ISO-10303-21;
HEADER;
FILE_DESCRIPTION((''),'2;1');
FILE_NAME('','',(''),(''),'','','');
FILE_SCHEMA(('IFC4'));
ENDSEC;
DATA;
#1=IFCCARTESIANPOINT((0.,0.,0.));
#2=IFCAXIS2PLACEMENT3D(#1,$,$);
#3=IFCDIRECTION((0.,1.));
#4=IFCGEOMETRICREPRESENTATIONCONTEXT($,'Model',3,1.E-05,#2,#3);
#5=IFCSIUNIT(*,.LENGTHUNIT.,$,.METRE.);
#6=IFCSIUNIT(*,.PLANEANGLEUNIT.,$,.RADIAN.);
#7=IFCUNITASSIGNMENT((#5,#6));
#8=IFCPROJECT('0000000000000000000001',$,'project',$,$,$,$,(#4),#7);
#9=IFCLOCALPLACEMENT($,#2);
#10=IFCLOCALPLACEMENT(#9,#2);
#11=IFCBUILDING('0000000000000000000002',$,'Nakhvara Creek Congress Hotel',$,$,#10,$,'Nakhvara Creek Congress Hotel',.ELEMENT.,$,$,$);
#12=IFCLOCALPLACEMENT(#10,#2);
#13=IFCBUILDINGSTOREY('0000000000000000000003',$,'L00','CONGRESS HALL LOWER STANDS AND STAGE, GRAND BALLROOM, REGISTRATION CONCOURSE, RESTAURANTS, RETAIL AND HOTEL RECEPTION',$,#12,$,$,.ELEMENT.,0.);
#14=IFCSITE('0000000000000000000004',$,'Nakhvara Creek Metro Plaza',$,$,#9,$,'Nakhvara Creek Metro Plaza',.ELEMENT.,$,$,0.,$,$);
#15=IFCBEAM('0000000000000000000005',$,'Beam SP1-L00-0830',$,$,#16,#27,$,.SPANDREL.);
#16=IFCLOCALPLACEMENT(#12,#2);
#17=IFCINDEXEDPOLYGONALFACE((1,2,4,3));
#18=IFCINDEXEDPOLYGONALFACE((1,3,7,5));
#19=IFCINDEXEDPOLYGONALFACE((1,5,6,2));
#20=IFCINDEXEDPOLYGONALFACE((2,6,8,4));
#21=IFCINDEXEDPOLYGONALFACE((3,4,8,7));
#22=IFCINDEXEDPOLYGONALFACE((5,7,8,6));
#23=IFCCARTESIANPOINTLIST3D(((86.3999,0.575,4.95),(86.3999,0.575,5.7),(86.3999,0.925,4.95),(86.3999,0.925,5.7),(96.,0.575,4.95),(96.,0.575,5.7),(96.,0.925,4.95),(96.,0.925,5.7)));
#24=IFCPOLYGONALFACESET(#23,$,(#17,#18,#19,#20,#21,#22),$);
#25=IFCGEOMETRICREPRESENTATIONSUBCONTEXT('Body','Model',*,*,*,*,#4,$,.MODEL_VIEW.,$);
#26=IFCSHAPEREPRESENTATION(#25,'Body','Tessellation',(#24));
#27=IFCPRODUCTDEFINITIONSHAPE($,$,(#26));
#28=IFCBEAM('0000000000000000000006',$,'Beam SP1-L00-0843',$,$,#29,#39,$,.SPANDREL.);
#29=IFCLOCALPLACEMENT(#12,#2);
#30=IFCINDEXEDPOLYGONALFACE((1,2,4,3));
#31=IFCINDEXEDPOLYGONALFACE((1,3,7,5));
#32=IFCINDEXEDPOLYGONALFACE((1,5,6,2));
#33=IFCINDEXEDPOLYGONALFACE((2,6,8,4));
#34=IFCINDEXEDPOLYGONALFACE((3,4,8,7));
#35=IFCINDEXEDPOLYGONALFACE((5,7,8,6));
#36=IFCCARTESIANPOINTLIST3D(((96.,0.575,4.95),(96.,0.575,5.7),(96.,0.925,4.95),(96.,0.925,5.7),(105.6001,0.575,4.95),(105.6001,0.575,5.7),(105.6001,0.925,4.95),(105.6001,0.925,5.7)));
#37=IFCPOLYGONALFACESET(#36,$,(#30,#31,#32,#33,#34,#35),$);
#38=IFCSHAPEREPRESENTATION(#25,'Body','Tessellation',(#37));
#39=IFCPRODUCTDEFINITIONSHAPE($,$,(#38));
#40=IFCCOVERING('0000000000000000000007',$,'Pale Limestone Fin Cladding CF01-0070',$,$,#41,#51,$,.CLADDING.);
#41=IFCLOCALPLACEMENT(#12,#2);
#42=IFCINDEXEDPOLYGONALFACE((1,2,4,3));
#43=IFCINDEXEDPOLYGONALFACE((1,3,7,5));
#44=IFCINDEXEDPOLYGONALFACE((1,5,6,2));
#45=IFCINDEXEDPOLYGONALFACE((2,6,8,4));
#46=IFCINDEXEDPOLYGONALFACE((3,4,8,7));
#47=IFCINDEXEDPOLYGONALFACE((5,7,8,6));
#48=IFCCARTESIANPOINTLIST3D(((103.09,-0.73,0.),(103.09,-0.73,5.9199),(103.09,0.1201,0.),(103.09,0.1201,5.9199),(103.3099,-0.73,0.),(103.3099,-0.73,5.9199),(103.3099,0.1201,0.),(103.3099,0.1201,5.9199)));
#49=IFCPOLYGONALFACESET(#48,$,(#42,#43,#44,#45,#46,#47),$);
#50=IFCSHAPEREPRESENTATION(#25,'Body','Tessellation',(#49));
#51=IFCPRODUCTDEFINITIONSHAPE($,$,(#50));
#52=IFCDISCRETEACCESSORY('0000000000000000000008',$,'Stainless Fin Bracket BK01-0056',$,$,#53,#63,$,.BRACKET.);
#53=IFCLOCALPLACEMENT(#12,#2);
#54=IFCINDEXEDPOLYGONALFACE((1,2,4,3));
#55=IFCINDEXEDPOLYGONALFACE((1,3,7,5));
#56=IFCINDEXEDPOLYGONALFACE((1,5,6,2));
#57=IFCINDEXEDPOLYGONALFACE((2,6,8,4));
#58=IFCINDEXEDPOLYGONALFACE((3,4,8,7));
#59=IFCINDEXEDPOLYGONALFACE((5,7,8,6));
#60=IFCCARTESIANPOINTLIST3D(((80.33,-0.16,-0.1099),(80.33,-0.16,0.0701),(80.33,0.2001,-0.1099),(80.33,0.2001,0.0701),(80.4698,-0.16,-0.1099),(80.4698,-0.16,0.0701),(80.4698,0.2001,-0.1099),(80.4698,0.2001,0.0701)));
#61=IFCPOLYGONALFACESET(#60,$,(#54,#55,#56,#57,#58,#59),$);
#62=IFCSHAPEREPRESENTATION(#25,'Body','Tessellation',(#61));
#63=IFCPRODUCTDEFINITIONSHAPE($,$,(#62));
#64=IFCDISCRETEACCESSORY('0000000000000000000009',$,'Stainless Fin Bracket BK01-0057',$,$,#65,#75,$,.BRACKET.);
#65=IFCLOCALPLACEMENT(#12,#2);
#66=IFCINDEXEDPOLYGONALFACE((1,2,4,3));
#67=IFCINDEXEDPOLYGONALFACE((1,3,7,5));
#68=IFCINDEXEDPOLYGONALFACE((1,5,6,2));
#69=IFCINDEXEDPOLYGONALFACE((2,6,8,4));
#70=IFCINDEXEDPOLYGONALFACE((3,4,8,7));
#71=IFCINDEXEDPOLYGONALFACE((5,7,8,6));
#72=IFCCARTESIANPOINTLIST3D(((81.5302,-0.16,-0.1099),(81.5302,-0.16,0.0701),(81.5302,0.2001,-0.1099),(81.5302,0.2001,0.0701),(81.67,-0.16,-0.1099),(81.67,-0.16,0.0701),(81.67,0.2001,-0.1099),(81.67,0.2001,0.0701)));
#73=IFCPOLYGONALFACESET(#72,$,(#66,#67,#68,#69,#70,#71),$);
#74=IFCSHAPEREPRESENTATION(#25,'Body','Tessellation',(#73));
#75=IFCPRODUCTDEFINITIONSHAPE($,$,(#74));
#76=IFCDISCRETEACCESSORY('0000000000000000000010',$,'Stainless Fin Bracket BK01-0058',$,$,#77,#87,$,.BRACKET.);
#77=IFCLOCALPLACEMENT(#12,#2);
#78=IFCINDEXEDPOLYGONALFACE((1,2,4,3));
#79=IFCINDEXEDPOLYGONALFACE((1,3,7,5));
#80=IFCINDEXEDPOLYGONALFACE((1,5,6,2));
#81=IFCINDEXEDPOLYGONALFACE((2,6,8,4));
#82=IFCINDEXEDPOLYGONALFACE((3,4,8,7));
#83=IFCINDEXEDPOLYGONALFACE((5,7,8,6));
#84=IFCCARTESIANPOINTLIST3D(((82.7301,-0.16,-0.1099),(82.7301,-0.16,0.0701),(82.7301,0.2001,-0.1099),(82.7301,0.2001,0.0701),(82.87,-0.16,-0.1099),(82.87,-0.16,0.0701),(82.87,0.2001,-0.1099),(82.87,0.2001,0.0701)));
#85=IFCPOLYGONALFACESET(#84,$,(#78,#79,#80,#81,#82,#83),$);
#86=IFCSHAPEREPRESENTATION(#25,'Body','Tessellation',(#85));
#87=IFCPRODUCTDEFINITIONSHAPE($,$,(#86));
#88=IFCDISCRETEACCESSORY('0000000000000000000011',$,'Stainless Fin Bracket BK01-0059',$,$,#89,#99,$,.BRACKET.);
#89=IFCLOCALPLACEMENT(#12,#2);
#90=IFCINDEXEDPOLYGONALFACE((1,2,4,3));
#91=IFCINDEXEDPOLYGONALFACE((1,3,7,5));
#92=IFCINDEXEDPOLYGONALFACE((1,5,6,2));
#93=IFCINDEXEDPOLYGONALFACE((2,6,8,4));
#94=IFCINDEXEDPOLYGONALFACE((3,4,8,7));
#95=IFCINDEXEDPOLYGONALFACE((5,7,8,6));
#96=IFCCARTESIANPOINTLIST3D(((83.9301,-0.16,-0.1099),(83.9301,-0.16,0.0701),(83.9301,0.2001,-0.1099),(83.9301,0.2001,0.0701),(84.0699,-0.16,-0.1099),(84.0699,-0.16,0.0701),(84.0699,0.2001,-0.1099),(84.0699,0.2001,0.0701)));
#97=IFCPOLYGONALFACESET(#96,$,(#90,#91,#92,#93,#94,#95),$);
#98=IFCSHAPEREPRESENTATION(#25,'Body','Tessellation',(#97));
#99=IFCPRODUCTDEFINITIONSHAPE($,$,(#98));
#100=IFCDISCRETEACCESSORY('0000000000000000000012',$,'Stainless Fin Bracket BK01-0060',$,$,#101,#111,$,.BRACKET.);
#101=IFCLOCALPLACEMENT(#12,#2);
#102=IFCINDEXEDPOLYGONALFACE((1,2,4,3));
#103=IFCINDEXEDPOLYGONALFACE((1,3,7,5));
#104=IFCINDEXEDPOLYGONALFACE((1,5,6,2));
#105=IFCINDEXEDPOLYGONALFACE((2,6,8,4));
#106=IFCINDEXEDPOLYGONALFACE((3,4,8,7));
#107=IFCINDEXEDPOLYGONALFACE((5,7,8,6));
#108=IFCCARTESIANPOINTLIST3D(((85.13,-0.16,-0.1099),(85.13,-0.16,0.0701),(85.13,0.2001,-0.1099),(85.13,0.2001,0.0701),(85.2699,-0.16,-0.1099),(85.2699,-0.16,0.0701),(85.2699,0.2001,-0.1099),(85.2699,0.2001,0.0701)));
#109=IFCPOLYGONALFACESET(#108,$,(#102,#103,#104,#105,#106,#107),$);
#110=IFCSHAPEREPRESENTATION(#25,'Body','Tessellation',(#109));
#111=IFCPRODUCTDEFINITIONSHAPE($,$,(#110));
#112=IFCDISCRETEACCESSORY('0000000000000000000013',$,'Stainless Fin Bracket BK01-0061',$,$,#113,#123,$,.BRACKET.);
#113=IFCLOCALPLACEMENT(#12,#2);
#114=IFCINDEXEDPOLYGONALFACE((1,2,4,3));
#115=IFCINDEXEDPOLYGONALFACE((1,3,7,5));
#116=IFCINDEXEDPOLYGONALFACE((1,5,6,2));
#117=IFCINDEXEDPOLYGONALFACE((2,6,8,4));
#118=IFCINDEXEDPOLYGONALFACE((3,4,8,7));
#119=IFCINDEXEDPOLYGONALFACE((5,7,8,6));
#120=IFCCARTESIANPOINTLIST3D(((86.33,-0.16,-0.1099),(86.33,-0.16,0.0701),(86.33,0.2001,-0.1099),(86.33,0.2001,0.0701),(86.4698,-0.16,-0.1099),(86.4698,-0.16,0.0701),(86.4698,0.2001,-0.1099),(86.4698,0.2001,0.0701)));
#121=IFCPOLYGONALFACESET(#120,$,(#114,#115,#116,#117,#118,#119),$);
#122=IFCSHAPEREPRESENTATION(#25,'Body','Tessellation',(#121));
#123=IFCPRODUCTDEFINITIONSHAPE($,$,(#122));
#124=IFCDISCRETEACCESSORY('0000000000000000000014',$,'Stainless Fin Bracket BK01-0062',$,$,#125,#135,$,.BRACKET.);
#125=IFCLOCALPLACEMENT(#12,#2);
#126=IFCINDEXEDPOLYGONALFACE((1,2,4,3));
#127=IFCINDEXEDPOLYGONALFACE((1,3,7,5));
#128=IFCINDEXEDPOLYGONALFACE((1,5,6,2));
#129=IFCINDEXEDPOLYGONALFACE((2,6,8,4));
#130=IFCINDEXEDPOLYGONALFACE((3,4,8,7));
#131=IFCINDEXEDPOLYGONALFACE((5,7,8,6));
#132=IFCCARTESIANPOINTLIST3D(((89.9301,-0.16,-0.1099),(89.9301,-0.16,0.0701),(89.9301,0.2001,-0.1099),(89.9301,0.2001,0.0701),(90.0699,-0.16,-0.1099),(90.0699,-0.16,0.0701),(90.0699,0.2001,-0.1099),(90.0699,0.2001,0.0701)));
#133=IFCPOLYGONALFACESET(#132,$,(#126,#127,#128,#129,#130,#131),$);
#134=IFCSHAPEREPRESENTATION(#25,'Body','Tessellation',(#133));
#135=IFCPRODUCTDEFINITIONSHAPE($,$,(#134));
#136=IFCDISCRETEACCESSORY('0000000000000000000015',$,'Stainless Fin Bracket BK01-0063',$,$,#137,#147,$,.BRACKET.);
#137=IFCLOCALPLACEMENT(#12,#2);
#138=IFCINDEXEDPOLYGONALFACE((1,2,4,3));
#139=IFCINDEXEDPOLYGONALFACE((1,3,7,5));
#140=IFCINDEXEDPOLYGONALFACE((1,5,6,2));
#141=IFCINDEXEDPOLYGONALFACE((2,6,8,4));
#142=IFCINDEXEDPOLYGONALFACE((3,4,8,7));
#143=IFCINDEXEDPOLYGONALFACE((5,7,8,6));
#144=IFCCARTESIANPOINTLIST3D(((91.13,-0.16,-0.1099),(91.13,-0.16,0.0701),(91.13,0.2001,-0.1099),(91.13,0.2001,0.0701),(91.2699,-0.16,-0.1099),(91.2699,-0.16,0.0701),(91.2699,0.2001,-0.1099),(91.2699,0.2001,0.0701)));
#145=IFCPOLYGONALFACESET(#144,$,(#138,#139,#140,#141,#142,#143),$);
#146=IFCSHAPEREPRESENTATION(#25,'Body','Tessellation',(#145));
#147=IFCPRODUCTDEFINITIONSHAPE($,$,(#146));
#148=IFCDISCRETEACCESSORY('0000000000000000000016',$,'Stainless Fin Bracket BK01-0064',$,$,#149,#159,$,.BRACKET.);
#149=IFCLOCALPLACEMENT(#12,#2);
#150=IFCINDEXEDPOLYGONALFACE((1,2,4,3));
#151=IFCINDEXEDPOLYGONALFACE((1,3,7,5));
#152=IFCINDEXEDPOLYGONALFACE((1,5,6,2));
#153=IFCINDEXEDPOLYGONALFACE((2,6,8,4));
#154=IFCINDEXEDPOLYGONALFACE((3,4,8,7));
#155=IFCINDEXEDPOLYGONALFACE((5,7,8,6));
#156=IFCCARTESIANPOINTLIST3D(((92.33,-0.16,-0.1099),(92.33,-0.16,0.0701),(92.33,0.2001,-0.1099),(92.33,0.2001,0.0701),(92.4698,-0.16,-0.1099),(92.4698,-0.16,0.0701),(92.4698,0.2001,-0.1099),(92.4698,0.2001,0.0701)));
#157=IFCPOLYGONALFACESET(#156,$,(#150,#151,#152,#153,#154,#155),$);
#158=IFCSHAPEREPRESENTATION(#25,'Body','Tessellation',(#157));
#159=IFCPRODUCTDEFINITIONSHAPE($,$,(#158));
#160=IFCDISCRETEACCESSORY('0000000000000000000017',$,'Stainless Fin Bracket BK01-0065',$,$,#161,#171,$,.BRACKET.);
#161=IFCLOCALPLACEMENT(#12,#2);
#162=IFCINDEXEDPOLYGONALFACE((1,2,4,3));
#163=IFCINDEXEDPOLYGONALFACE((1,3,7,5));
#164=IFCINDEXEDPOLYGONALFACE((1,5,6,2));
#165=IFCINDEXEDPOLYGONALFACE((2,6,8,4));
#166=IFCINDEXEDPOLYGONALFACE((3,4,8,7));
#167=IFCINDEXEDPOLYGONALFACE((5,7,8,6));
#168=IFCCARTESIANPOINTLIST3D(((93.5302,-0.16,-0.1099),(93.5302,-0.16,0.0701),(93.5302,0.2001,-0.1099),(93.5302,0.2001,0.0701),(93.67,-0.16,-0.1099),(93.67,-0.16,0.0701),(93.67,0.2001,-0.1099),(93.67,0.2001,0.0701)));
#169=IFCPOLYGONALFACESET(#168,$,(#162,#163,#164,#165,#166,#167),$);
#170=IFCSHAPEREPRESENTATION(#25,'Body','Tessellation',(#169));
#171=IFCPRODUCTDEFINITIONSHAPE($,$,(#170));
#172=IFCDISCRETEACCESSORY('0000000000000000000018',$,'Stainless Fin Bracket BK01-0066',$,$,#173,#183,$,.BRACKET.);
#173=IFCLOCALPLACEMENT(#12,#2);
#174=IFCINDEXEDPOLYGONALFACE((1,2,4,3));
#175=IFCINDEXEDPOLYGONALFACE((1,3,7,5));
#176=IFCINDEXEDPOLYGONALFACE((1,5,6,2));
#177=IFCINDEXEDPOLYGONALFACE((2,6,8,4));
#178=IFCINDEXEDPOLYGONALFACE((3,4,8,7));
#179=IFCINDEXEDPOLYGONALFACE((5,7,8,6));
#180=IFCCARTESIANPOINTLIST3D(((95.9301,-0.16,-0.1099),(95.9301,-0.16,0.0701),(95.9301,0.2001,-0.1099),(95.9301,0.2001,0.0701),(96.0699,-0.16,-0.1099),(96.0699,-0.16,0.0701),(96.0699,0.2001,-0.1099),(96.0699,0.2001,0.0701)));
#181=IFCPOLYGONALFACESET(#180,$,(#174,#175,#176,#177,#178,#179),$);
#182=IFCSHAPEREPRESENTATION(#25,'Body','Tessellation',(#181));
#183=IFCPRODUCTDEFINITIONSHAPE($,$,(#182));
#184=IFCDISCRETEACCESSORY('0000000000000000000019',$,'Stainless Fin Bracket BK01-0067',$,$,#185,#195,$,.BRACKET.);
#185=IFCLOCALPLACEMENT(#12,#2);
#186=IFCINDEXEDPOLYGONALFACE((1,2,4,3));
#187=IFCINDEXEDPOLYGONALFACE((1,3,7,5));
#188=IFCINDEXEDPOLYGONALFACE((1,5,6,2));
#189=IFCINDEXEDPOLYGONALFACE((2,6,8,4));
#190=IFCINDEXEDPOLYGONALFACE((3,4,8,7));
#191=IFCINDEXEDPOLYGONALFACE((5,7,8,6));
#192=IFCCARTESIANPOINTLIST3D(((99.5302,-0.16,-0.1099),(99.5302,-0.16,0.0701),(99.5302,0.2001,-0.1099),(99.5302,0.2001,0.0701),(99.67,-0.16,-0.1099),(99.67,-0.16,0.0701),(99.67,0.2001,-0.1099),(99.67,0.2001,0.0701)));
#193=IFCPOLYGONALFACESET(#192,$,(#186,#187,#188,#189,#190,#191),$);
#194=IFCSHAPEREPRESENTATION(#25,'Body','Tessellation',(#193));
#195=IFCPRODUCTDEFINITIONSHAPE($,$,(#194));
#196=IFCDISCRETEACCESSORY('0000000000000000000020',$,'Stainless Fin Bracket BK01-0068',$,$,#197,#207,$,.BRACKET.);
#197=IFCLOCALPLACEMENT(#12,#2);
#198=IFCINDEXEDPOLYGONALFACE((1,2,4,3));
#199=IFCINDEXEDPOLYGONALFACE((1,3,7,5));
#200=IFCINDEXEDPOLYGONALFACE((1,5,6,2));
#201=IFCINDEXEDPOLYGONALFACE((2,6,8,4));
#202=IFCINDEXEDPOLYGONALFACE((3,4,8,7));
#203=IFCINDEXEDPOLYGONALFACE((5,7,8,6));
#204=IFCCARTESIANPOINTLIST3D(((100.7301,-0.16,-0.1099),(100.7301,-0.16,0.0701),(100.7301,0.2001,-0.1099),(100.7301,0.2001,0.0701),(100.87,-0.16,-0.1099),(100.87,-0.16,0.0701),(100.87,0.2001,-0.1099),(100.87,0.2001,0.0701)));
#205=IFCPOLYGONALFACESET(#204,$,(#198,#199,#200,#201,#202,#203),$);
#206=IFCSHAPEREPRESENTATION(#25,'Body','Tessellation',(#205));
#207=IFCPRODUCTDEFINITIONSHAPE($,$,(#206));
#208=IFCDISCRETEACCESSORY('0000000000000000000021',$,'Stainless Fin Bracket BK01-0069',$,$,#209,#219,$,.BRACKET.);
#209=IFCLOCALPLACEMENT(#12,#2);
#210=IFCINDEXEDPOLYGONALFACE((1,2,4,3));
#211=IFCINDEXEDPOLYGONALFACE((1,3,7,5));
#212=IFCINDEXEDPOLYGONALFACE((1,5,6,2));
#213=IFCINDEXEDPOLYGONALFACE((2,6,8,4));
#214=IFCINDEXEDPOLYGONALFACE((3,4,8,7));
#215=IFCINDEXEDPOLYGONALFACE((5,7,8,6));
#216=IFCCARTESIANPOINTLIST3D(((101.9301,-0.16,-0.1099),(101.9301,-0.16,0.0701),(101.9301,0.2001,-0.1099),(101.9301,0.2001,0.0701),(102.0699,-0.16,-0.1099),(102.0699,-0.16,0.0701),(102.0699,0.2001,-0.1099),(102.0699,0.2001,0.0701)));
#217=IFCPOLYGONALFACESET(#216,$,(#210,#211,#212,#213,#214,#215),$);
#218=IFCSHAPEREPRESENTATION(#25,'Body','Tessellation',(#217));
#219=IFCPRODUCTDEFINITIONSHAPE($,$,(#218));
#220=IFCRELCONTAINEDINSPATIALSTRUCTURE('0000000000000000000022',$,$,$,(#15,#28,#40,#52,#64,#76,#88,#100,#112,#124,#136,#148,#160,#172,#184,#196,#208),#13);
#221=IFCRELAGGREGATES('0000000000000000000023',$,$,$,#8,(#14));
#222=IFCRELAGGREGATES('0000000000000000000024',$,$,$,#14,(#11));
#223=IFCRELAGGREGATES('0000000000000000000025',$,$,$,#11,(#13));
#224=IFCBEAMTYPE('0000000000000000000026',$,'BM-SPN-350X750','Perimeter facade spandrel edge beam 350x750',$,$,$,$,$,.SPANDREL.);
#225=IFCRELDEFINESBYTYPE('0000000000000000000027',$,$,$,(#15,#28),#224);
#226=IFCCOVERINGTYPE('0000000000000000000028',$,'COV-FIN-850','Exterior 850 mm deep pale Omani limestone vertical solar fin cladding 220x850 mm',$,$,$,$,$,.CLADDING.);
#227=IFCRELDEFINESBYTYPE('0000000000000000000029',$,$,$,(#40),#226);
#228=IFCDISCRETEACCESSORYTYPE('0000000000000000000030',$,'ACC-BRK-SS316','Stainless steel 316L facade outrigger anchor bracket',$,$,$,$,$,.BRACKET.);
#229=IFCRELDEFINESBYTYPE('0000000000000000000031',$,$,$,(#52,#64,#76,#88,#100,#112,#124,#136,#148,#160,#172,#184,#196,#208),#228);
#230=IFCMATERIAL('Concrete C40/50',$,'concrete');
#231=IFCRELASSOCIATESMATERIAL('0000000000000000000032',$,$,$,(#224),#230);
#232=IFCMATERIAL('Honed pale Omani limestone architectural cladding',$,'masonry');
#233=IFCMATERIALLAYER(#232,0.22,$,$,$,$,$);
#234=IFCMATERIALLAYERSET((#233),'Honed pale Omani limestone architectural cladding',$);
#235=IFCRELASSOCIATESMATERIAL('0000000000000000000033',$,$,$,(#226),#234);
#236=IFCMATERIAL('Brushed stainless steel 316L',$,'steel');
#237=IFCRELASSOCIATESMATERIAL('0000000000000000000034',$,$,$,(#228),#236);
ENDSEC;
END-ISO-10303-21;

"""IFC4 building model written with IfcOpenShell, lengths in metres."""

from ifc_helpers import new_model, si_unit, direction, frame, origin, origin_2d, place, context, subcontext, project, spatial, rectangle, extrude, material, layer, layer_set, material_profile, profile_set, type_object, element, save


model = new_model("IFC4")

# Units and contexts
model_context = context("Model", 3, precision=1e-05, world=origin(), true_north=direction((0.0, 1.0)))
body_context = subcontext(model_context, "Body", "Model", "MODEL_VIEW")
ifc_project = project(units=[si_unit("LENGTHUNIT", "METRE"), si_unit("PLANEANGLEUNIT", "RADIAN")], contexts=[model_context])

# Site, building, storey
site_placement = place(None, origin())
site = spatial("IfcSite", under=ifc_project, at=site_placement, Name="Nakhvara Creek Metro Plaza", LongName="Nakhvara Creek Metro Plaza", CompositionType="ELEMENT", RefElevation=0.0)
building_placement = place(site_placement, origin())
building = spatial("IfcBuilding", under=site, at=building_placement, Name="Nakhvara Creek Congress Hotel", LongName="Nakhvara Creek Congress Hotel", CompositionType="ELEMENT")
storey_placement = place(building_placement, origin())
storey = spatial("IfcBuildingStorey", under=building, at=storey_placement, Name="L00", Description="CONGRESS HALL LOWER STANDS AND STAGE, GRAND BALLROOM, REGISTRATION CONCOURSE, RESTAURANTS, RETAIL AND HOTEL RECEPTION", CompositionType="ELEMENT", Elevation=0.0)

# Beams
ifc_material_1 = material(Name="Concrete C40/50", Category="concrete")
ifc_material_profile_1 = material_profile(ifc_material_1, rectangle(XDim=0.3501, YDim=0.75, at=origin_2d()), Name="RC-SPANDREL 350x750", Category="LoadBearing")
ifc_profile_set_1 = profile_set([ifc_material_profile_1], Name="Concrete C40/50")
beam_type_1 = type_object("IfcBeamType", Name="BM-SPN-350X750", Description="Perimeter facade spandrel edge beam 350x750", PredefinedType="SPANDREL", material=ifc_profile_set_1)
for number, where, z_axis, x_axis, name in (
    (1, (86.3999, 0.75, 5.325), (1.0, 0.0, 0.0), (0.0, 1.0, 0.0), "Beam SP1-L00-0830"),
    (2, (96.0, 0.75, 5.325), (1.0, 0.0, 0.0), (0.0, 1.0, 0.0), "Beam SP1-L00-0843"),
):
    element("IfcBeam", number, at=place(storey_placement, frame(where, z_axis=z_axis, x_axis=x_axis)), inside=storey, type_object=beam_type_1, Name=name, PredefinedType="SPANDREL", context=body_context, shape_type="SweptSolid", body=[
        extrude(rectangle(XDim=0.3501, YDim=0.75, at=origin_2d()), origin(), (0.0, 0.0, 1.0), 9.6001),
    ])

# Covering
ifc_material_2 = material(Name="Honed pale Omani limestone architectural cladding", Category="masonry")
ifc_layer = layer(ifc_material_2, 0.22)
ifc_layer_set = layer_set([ifc_layer], Name="Honed pale Omani limestone architectural cladding")
covering_type = type_object("IfcCoveringType", Name="COV-FIN-850", Description="Exterior 850 mm deep pale Omani limestone vertical solar fin cladding 220x850 mm", PredefinedType="CLADDING", material=ifc_layer_set)
covering_placement = place(storey_placement, frame((103.2, -0.3049, 0.0), z_axis=(0.0, 0.0, 1.0), x_axis=(1.0, 0.0, 0.0)))
element("IfcCovering", 3, at=covering_placement, inside=storey, type_object=covering_type, Name="Pale Limestone Fin Cladding CF01-0070", PredefinedType="CLADDING", context=body_context, shape_type="SweptSolid", body=[
    extrude(rectangle(XDim=0.22, YDim=0.8501, at=origin_2d()), origin(), (0.0, 0.0, 1.0), 5.9199),
])

# Discrete accessories
ifc_material_3 = material(Name="Brushed stainless steel 316L", Category="steel")
discrete_accessory_type = type_object("IfcDiscreteAccessoryType", Name="ACC-BRK-SS316", Description="Stainless steel 316L facade outrigger anchor bracket", PredefinedType="BRACKET", material=ifc_material_3)
for number, where, z_axis, x_axis, name in (
    (4, (80.3999, 0.02, -0.1099), (0.0, 0.0, 1.0), (1.0, 0.0, 0.0), "Stainless Fin Bracket BK01-0056"),
    (5, (81.6001, 0.02, -0.1099), (0.0, 0.0, 1.0), (1.0, 0.0, 0.0), "Stainless Fin Bracket BK01-0057"),
    (6, (82.8, 0.02, -0.1099), (0.0, 0.0, 1.0), (1.0, 0.0, 0.0), "Stainless Fin Bracket BK01-0058"),
    (7, (84.0, 0.02, -0.1099), (0.0, 0.0, 1.0), (1.0, 0.0, 0.0), "Stainless Fin Bracket BK01-0059"),
    (8, (85.2, 0.02, -0.1099), (0.0, 0.0, 1.0), (1.0, 0.0, 0.0), "Stainless Fin Bracket BK01-0060"),
    (9, (86.3999, 0.02, -0.1099), (0.0, 0.0, 1.0), (1.0, 0.0, 0.0), "Stainless Fin Bracket BK01-0061"),
    (10, (90.0, 0.02, -0.1099), (0.0, 0.0, 1.0), (1.0, 0.0, 0.0), "Stainless Fin Bracket BK01-0062"),
    (11, (91.2, 0.02, -0.1099), (0.0, 0.0, 1.0), (1.0, 0.0, 0.0), "Stainless Fin Bracket BK01-0063"),
    (12, (92.3999, 0.02, -0.1099), (0.0, 0.0, 1.0), (1.0, 0.0, 0.0), "Stainless Fin Bracket BK01-0064"),
    (13, (93.6001, 0.02, -0.1099), (0.0, 0.0, 1.0), (1.0, 0.0, 0.0), "Stainless Fin Bracket BK01-0065"),
    (14, (96.0, 0.02, -0.1099), (0.0, 0.0, 1.0), (1.0, 0.0, 0.0), "Stainless Fin Bracket BK01-0066"),
    (15, (99.6001, 0.02, -0.1099), (0.0, 0.0, 1.0), (1.0, 0.0, 0.0), "Stainless Fin Bracket BK01-0067"),
    (16, (100.8, 0.02, -0.1099), (0.0, 0.0, 1.0), (1.0, 0.0, 0.0), "Stainless Fin Bracket BK01-0068"),
    (17, (102.0, 0.02, -0.1099), (0.0, 0.0, 1.0), (1.0, 0.0, 0.0), "Stainless Fin Bracket BK01-0069"),
):
    element("IfcDiscreteAccessory", number, at=place(storey_placement, frame(where, z_axis=z_axis, x_axis=x_axis)), inside=storey, type_object=discrete_accessory_type, Name=name, PredefinedType="BRACKET", context=body_context, shape_type="SweptSolid", body=[
        extrude(rectangle(XDim=0.1399, YDim=0.3601, at=origin_2d()), origin(), (0.0, 0.0, 1.0), 0.1799),
    ])

save(model, "model.ifc")
